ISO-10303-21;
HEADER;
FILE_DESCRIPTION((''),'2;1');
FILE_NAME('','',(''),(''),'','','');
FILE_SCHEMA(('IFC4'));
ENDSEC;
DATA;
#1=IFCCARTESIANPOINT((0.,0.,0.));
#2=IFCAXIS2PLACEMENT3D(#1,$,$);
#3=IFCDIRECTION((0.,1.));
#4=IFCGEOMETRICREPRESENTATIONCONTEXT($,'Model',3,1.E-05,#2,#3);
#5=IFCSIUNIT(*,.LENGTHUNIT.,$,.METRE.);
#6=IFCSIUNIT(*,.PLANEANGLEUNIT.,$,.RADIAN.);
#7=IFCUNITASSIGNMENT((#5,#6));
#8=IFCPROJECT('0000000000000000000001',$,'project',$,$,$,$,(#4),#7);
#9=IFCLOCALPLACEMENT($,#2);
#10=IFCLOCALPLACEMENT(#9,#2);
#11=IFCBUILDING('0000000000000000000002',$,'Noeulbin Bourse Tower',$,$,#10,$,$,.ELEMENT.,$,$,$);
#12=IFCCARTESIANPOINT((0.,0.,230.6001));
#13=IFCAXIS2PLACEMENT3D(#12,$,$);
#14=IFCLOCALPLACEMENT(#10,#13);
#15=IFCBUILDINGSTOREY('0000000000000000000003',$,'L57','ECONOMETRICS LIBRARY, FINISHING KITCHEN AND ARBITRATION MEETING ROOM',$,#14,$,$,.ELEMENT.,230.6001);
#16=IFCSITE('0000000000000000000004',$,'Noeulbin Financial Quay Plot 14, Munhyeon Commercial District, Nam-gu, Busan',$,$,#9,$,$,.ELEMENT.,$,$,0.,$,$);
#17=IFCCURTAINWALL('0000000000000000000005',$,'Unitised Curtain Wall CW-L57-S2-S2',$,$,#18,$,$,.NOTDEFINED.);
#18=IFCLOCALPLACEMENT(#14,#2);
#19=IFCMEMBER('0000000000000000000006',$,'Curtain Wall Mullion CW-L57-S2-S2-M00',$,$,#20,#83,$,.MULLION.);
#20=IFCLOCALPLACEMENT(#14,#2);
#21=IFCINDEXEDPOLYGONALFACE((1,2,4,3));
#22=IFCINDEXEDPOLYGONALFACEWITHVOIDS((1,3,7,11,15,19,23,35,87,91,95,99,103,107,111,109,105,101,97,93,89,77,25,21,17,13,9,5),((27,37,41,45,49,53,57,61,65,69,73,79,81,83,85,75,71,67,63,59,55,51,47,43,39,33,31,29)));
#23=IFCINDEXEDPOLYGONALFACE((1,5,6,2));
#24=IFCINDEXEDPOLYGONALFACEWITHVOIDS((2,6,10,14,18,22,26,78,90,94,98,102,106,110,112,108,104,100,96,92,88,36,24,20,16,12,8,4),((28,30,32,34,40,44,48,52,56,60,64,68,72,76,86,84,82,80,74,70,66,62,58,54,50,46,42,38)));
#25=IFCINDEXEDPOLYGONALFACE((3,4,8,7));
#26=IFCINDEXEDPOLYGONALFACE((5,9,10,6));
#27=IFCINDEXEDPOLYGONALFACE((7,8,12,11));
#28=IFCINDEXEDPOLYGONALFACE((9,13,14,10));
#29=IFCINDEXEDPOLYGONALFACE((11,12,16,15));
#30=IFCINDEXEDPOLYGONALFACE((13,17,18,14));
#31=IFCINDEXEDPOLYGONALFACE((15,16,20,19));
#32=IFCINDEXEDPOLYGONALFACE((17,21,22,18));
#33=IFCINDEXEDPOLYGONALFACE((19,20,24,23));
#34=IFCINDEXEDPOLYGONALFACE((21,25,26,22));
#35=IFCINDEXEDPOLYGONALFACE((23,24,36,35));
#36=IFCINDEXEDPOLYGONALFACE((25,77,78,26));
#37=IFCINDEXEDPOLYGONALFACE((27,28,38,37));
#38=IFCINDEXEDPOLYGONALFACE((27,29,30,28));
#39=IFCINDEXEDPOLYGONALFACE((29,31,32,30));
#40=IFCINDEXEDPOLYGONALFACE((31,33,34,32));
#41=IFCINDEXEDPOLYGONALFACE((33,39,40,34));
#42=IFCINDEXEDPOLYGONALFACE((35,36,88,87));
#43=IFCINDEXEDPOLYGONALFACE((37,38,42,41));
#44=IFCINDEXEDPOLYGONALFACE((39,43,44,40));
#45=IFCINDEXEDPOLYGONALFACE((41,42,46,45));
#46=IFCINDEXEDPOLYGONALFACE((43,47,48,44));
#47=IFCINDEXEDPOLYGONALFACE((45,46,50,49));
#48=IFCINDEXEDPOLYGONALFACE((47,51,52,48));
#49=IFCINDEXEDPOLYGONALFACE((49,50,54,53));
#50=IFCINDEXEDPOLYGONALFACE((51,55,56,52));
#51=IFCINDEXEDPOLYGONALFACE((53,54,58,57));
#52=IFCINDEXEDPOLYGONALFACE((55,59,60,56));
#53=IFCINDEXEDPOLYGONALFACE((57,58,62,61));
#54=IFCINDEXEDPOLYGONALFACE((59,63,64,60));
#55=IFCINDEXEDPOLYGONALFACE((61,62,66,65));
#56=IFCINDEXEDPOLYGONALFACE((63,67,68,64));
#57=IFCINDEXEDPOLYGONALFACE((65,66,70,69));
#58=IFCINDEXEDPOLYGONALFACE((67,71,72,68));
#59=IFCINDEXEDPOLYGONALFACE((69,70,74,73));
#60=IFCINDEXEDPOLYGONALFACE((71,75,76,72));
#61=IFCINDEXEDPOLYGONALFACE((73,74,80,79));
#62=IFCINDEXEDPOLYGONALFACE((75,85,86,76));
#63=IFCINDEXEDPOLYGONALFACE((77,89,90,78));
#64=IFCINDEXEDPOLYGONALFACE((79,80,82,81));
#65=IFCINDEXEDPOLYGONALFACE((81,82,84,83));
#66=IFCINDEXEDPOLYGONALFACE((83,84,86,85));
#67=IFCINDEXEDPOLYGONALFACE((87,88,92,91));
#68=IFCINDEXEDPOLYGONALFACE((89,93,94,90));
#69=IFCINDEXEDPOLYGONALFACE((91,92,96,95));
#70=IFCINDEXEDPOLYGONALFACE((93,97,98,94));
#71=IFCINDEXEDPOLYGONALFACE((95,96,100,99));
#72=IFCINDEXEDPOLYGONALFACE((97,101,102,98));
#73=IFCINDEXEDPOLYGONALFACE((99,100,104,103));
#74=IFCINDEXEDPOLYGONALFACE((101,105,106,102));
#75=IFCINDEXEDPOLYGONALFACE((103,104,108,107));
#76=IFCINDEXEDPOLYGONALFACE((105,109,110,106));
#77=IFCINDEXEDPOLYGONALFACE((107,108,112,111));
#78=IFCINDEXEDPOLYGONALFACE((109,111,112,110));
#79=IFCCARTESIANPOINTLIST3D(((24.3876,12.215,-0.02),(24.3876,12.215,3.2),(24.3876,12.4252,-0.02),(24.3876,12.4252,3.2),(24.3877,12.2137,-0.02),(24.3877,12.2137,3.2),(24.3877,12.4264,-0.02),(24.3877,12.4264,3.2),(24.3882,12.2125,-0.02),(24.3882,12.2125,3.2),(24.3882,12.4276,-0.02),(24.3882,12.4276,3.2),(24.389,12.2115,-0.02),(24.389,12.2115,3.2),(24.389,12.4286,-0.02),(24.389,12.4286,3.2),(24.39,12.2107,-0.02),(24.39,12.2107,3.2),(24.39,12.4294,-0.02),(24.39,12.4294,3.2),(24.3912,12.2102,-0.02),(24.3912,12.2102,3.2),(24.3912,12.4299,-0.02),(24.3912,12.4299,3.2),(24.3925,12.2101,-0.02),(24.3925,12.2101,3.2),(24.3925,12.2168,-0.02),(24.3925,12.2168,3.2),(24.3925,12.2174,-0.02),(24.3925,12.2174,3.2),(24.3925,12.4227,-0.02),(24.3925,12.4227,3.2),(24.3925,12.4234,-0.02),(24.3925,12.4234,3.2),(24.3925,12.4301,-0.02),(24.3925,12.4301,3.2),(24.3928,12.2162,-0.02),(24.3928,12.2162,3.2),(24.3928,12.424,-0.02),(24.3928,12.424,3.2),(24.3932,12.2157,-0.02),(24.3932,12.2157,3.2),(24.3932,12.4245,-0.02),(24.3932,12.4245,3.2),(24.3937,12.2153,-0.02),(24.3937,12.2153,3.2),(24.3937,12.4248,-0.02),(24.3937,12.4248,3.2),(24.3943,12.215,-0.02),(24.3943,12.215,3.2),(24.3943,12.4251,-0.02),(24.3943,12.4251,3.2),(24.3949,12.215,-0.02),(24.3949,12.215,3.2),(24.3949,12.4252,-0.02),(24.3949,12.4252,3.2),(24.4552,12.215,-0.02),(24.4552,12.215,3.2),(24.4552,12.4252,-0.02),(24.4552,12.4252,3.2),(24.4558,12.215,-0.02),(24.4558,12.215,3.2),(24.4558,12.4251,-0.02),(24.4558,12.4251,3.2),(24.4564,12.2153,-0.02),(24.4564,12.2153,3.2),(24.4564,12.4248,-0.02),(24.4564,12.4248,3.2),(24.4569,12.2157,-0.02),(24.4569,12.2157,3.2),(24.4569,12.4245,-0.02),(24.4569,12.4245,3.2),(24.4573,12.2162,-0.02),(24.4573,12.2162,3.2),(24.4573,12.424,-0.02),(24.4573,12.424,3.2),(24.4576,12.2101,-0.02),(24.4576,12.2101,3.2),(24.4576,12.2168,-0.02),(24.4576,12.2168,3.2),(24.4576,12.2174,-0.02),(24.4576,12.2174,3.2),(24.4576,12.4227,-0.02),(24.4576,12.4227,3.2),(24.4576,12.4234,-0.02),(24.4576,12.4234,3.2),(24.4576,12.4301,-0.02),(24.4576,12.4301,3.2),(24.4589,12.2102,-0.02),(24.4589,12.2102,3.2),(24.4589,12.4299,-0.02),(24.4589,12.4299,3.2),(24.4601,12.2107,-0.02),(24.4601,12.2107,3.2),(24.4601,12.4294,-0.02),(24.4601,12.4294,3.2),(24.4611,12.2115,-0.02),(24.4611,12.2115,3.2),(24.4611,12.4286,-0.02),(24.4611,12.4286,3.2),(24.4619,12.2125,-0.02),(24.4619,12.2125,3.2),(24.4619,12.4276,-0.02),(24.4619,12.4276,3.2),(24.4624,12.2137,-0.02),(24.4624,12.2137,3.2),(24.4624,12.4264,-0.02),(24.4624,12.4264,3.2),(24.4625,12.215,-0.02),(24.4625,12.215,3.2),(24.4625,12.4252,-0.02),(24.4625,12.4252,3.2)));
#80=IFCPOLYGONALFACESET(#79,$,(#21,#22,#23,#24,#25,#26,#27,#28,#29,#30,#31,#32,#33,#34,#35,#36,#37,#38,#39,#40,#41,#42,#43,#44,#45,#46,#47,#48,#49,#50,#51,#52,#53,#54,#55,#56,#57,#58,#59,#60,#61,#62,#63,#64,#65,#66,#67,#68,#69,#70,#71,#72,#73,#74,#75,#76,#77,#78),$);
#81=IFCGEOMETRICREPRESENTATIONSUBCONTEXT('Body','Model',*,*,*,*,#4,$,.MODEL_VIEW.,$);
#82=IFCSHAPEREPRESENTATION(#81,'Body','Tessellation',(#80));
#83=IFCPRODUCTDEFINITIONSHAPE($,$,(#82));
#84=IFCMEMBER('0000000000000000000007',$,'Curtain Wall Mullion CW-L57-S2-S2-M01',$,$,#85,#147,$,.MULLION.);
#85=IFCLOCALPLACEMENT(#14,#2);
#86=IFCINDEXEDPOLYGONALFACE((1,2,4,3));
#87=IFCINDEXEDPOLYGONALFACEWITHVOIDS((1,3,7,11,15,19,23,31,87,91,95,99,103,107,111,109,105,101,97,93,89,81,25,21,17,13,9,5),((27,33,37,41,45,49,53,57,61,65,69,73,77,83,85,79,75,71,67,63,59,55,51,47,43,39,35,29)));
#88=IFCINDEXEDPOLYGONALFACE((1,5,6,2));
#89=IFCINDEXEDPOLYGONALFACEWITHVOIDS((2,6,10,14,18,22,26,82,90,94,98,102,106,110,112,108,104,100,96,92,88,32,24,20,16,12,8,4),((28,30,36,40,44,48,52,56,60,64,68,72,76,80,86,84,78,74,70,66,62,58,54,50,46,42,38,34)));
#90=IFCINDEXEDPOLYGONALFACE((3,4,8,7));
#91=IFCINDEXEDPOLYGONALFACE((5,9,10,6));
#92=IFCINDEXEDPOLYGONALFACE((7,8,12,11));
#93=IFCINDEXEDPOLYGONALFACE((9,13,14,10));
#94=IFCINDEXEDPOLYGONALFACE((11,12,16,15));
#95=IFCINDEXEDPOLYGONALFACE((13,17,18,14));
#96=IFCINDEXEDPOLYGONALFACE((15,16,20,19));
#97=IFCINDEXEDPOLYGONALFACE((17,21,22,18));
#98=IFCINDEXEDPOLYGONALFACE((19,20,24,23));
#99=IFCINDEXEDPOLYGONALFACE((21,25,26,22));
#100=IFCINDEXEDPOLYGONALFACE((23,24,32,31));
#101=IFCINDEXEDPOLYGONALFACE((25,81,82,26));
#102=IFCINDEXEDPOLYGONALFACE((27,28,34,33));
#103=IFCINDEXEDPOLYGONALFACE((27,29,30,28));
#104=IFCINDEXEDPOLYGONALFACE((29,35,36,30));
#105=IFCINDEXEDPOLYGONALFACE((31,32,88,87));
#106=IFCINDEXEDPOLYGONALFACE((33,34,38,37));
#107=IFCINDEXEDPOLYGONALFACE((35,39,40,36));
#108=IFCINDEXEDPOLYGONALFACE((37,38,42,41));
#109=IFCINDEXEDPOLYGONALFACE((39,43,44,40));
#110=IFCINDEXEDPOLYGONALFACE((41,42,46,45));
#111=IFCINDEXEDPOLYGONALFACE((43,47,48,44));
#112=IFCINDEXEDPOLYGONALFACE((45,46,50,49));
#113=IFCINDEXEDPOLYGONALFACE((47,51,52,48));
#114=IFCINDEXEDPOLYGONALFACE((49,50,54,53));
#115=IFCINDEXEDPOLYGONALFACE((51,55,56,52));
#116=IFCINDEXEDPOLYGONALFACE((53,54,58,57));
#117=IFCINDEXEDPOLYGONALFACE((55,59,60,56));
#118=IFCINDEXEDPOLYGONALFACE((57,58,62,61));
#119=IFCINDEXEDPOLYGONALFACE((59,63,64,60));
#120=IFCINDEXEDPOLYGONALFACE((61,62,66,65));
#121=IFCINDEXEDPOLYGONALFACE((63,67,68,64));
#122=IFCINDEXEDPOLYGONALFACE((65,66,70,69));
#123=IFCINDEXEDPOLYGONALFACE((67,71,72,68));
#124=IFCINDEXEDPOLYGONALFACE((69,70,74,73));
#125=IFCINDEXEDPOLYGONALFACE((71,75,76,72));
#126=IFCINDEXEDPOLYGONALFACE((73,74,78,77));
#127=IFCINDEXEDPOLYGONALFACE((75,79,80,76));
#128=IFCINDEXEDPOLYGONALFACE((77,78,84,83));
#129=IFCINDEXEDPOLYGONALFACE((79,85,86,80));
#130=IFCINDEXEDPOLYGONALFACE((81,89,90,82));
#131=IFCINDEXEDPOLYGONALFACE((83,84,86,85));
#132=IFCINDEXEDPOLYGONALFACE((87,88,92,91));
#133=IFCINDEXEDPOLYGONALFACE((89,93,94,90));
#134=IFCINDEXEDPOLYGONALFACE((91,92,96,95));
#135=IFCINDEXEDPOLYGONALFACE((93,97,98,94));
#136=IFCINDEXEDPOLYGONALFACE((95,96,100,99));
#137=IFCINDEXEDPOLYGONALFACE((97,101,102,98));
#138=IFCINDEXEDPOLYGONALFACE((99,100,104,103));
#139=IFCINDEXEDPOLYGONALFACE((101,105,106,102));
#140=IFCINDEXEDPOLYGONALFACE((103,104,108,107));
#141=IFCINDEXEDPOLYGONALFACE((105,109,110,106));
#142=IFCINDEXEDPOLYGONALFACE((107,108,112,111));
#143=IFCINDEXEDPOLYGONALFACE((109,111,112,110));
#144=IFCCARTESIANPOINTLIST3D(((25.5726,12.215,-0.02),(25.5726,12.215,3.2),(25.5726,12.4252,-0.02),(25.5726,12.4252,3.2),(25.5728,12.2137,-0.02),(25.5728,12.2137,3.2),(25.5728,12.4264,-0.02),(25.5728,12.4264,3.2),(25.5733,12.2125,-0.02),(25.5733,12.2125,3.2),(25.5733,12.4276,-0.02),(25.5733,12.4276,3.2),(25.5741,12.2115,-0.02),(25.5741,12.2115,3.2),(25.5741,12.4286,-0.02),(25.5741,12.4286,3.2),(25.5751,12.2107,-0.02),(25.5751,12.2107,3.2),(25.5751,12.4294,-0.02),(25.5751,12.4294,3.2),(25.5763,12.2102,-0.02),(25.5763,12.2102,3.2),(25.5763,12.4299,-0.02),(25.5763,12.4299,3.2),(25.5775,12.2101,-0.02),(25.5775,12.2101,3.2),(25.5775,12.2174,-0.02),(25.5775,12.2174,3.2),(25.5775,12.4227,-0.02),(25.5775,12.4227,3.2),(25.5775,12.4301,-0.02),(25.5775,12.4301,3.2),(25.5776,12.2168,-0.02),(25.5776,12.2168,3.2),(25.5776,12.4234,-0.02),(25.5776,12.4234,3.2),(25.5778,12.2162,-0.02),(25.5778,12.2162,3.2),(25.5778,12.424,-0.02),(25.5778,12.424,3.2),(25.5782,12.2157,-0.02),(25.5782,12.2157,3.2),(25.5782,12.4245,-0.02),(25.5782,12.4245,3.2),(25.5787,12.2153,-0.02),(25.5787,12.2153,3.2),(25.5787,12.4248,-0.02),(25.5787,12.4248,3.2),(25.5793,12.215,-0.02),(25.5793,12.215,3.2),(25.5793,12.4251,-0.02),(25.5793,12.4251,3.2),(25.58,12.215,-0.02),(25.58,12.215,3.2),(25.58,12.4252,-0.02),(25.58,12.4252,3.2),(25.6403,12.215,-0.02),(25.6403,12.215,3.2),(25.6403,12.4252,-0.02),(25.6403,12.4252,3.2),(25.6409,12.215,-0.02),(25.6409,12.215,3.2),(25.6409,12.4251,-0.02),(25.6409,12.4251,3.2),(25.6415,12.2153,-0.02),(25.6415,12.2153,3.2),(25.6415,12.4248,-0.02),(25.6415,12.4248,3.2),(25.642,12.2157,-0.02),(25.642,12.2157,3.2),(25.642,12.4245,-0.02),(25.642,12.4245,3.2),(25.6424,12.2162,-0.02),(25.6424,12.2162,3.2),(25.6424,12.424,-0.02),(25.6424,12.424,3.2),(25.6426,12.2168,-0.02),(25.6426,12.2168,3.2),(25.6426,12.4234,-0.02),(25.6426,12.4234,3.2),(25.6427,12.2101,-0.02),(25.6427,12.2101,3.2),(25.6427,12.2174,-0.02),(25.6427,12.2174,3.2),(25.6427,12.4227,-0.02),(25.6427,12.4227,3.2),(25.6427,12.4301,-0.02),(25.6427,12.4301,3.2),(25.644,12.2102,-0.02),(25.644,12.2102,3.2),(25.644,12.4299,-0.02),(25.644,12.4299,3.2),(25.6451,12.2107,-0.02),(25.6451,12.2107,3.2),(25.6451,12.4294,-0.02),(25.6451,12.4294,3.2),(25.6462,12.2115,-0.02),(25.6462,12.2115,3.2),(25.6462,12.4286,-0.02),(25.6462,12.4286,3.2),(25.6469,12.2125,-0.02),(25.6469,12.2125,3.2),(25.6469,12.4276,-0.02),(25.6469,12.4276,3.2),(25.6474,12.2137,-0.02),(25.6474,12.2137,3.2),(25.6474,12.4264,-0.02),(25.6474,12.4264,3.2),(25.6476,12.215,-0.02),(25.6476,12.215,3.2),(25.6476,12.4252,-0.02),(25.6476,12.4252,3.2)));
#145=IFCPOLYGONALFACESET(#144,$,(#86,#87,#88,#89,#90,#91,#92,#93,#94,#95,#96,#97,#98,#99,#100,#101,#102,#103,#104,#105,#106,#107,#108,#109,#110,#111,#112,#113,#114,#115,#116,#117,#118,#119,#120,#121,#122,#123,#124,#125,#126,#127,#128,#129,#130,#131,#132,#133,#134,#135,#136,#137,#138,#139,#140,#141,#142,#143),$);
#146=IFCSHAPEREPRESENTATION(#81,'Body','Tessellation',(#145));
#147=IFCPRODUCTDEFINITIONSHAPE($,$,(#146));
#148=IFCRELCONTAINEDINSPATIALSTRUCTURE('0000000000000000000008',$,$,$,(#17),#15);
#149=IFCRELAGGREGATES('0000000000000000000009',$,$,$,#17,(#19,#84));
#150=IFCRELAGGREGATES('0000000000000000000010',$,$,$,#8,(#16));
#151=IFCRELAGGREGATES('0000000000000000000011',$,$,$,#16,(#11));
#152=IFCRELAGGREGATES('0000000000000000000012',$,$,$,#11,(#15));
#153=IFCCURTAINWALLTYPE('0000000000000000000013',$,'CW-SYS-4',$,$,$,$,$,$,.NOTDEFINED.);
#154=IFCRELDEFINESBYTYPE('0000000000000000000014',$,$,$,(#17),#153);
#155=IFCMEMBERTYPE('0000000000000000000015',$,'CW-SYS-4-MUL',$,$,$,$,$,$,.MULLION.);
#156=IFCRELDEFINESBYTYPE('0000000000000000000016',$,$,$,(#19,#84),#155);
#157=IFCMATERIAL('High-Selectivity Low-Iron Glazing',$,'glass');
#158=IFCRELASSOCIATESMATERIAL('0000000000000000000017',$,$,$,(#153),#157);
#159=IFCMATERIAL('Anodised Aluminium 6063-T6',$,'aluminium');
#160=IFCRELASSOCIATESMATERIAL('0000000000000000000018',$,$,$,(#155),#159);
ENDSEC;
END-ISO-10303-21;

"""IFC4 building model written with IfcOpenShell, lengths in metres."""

from ifc_helpers import new_model, si_unit, direction, frame, origin, origin_2d, place, context, subcontext, project, spatial, hollow_rectangle, extrude, material, material_profile, profile_set, type_object, element, aggregate, save


model = new_model("IFC4")

# Units and contexts
model_context = context("Model", 3, precision=1e-05, world=origin(), true_north=direction((0.0, 1.0)))
body_context = subcontext(model_context, "Body", "Model", "MODEL_VIEW")
ifc_project = project(units=[si_unit("LENGTHUNIT", "METRE"), si_unit("PLANEANGLEUNIT", "RADIAN")], contexts=[model_context])

# Site, building, storey
site_placement = place(None, origin())
site = spatial("IfcSite", under=ifc_project, at=site_placement, Name="Noeulbin Financial Quay Plot 14, Munhyeon Commercial District, Nam-gu, Busan", CompositionType="ELEMENT", RefElevation=0.0)
building_placement = place(site_placement, origin())
building = spatial("IfcBuilding", under=site, at=building_placement, Name="Noeulbin Bourse Tower", CompositionType="ELEMENT")
storey_placement = place(building_placement, frame((0.0, 0.0, 230.6001)))
storey = spatial("IfcBuildingStorey", under=building, at=storey_placement, Name="L57", Description="ECONOMETRICS LIBRARY, FINISHING KITCHEN AND ARBITRATION MEETING ROOM", CompositionType="ELEMENT", Elevation=230.6001)

# Curtain wall, members
ifc_material_1 = material(Name="High-Selectivity Low-Iron Glazing", Category="glass")
curtain_wall_type = type_object("IfcCurtainWallType", Name="CW-SYS-4", PredefinedType="NOTDEFINED", material=ifc_material_1)
ifc_material_2 = material(Name="Anodised Aluminium 6063-T6", Category="aluminium")
ifc_material_profile_1 = material_profile(ifc_material_2, hollow_rectangle(XDim=0.075, YDim=0.22, WallThickness=0.0049, InnerFilletRadius=0.0024, OuterFilletRadius=0.0049, at=origin_2d()), Name="ALU-MULL-75x220x5", Category="LoadBearing")
ifc_profile_set_1 = profile_set([ifc_material_profile_1], Name="Anodised Aluminium 6063-T6")
member_type_1 = type_object("IfcMemberType", Name="CW-SYS-4-MUL", PredefinedType="MULLION", material=ifc_profile_set_1)
curtain_wall_1_placement = place(storey_placement, origin())
curtain_wall_1 = element("IfcCurtainWall", 1, at=curtain_wall_1_placement, inside=storey, type_object=curtain_wall_type, Name="Unitised Curtain Wall CW-L57-S2-S2", PredefinedType="NOTDEFINED")
member_1_placement = place(storey_placement, frame((24.425, 12.3201, -0.02), z_axis=(0.0, 0.0, 1.0), x_axis=(1.0, 0.0, 0.0)))
member_1 = element("IfcMember", 2, at=member_1_placement, type_object=member_type_1, Name="Curtain Wall Mullion CW-L57-S2-S2-M00", PredefinedType="MULLION", context=body_context, shape_type="SweptSolid", body=[
    extrude(hollow_rectangle(XDim=0.075, YDim=0.22, WallThickness=0.0049, InnerFilletRadius=0.0024, OuterFilletRadius=0.0049, at=origin_2d()), origin(), (0.0, 0.0, 1.0), 3.22),
])
member_2_placement = place(storey_placement, frame((25.6101, 12.3201, -0.02), z_axis=(0.0, 0.0, 1.0), x_axis=(1.0, 0.0, 0.0)))
member_2 = element("IfcMember", 3, at=member_2_placement, type_object=member_type_1, Name="Curtain Wall Mullion CW-L57-S2-S2-M01", PredefinedType="MULLION", context=body_context, shape_type="SweptSolid", body=[
    extrude(hollow_rectangle(XDim=0.075, YDim=0.22, WallThickness=0.0049, InnerFilletRadius=0.0024, OuterFilletRadius=0.0049, at=origin_2d()), origin(), (0.0, 0.0, 1.0), 3.22),
])

aggregate(curtain_wall_1, [member_1, member_2])

save(model, "model.ifc")
